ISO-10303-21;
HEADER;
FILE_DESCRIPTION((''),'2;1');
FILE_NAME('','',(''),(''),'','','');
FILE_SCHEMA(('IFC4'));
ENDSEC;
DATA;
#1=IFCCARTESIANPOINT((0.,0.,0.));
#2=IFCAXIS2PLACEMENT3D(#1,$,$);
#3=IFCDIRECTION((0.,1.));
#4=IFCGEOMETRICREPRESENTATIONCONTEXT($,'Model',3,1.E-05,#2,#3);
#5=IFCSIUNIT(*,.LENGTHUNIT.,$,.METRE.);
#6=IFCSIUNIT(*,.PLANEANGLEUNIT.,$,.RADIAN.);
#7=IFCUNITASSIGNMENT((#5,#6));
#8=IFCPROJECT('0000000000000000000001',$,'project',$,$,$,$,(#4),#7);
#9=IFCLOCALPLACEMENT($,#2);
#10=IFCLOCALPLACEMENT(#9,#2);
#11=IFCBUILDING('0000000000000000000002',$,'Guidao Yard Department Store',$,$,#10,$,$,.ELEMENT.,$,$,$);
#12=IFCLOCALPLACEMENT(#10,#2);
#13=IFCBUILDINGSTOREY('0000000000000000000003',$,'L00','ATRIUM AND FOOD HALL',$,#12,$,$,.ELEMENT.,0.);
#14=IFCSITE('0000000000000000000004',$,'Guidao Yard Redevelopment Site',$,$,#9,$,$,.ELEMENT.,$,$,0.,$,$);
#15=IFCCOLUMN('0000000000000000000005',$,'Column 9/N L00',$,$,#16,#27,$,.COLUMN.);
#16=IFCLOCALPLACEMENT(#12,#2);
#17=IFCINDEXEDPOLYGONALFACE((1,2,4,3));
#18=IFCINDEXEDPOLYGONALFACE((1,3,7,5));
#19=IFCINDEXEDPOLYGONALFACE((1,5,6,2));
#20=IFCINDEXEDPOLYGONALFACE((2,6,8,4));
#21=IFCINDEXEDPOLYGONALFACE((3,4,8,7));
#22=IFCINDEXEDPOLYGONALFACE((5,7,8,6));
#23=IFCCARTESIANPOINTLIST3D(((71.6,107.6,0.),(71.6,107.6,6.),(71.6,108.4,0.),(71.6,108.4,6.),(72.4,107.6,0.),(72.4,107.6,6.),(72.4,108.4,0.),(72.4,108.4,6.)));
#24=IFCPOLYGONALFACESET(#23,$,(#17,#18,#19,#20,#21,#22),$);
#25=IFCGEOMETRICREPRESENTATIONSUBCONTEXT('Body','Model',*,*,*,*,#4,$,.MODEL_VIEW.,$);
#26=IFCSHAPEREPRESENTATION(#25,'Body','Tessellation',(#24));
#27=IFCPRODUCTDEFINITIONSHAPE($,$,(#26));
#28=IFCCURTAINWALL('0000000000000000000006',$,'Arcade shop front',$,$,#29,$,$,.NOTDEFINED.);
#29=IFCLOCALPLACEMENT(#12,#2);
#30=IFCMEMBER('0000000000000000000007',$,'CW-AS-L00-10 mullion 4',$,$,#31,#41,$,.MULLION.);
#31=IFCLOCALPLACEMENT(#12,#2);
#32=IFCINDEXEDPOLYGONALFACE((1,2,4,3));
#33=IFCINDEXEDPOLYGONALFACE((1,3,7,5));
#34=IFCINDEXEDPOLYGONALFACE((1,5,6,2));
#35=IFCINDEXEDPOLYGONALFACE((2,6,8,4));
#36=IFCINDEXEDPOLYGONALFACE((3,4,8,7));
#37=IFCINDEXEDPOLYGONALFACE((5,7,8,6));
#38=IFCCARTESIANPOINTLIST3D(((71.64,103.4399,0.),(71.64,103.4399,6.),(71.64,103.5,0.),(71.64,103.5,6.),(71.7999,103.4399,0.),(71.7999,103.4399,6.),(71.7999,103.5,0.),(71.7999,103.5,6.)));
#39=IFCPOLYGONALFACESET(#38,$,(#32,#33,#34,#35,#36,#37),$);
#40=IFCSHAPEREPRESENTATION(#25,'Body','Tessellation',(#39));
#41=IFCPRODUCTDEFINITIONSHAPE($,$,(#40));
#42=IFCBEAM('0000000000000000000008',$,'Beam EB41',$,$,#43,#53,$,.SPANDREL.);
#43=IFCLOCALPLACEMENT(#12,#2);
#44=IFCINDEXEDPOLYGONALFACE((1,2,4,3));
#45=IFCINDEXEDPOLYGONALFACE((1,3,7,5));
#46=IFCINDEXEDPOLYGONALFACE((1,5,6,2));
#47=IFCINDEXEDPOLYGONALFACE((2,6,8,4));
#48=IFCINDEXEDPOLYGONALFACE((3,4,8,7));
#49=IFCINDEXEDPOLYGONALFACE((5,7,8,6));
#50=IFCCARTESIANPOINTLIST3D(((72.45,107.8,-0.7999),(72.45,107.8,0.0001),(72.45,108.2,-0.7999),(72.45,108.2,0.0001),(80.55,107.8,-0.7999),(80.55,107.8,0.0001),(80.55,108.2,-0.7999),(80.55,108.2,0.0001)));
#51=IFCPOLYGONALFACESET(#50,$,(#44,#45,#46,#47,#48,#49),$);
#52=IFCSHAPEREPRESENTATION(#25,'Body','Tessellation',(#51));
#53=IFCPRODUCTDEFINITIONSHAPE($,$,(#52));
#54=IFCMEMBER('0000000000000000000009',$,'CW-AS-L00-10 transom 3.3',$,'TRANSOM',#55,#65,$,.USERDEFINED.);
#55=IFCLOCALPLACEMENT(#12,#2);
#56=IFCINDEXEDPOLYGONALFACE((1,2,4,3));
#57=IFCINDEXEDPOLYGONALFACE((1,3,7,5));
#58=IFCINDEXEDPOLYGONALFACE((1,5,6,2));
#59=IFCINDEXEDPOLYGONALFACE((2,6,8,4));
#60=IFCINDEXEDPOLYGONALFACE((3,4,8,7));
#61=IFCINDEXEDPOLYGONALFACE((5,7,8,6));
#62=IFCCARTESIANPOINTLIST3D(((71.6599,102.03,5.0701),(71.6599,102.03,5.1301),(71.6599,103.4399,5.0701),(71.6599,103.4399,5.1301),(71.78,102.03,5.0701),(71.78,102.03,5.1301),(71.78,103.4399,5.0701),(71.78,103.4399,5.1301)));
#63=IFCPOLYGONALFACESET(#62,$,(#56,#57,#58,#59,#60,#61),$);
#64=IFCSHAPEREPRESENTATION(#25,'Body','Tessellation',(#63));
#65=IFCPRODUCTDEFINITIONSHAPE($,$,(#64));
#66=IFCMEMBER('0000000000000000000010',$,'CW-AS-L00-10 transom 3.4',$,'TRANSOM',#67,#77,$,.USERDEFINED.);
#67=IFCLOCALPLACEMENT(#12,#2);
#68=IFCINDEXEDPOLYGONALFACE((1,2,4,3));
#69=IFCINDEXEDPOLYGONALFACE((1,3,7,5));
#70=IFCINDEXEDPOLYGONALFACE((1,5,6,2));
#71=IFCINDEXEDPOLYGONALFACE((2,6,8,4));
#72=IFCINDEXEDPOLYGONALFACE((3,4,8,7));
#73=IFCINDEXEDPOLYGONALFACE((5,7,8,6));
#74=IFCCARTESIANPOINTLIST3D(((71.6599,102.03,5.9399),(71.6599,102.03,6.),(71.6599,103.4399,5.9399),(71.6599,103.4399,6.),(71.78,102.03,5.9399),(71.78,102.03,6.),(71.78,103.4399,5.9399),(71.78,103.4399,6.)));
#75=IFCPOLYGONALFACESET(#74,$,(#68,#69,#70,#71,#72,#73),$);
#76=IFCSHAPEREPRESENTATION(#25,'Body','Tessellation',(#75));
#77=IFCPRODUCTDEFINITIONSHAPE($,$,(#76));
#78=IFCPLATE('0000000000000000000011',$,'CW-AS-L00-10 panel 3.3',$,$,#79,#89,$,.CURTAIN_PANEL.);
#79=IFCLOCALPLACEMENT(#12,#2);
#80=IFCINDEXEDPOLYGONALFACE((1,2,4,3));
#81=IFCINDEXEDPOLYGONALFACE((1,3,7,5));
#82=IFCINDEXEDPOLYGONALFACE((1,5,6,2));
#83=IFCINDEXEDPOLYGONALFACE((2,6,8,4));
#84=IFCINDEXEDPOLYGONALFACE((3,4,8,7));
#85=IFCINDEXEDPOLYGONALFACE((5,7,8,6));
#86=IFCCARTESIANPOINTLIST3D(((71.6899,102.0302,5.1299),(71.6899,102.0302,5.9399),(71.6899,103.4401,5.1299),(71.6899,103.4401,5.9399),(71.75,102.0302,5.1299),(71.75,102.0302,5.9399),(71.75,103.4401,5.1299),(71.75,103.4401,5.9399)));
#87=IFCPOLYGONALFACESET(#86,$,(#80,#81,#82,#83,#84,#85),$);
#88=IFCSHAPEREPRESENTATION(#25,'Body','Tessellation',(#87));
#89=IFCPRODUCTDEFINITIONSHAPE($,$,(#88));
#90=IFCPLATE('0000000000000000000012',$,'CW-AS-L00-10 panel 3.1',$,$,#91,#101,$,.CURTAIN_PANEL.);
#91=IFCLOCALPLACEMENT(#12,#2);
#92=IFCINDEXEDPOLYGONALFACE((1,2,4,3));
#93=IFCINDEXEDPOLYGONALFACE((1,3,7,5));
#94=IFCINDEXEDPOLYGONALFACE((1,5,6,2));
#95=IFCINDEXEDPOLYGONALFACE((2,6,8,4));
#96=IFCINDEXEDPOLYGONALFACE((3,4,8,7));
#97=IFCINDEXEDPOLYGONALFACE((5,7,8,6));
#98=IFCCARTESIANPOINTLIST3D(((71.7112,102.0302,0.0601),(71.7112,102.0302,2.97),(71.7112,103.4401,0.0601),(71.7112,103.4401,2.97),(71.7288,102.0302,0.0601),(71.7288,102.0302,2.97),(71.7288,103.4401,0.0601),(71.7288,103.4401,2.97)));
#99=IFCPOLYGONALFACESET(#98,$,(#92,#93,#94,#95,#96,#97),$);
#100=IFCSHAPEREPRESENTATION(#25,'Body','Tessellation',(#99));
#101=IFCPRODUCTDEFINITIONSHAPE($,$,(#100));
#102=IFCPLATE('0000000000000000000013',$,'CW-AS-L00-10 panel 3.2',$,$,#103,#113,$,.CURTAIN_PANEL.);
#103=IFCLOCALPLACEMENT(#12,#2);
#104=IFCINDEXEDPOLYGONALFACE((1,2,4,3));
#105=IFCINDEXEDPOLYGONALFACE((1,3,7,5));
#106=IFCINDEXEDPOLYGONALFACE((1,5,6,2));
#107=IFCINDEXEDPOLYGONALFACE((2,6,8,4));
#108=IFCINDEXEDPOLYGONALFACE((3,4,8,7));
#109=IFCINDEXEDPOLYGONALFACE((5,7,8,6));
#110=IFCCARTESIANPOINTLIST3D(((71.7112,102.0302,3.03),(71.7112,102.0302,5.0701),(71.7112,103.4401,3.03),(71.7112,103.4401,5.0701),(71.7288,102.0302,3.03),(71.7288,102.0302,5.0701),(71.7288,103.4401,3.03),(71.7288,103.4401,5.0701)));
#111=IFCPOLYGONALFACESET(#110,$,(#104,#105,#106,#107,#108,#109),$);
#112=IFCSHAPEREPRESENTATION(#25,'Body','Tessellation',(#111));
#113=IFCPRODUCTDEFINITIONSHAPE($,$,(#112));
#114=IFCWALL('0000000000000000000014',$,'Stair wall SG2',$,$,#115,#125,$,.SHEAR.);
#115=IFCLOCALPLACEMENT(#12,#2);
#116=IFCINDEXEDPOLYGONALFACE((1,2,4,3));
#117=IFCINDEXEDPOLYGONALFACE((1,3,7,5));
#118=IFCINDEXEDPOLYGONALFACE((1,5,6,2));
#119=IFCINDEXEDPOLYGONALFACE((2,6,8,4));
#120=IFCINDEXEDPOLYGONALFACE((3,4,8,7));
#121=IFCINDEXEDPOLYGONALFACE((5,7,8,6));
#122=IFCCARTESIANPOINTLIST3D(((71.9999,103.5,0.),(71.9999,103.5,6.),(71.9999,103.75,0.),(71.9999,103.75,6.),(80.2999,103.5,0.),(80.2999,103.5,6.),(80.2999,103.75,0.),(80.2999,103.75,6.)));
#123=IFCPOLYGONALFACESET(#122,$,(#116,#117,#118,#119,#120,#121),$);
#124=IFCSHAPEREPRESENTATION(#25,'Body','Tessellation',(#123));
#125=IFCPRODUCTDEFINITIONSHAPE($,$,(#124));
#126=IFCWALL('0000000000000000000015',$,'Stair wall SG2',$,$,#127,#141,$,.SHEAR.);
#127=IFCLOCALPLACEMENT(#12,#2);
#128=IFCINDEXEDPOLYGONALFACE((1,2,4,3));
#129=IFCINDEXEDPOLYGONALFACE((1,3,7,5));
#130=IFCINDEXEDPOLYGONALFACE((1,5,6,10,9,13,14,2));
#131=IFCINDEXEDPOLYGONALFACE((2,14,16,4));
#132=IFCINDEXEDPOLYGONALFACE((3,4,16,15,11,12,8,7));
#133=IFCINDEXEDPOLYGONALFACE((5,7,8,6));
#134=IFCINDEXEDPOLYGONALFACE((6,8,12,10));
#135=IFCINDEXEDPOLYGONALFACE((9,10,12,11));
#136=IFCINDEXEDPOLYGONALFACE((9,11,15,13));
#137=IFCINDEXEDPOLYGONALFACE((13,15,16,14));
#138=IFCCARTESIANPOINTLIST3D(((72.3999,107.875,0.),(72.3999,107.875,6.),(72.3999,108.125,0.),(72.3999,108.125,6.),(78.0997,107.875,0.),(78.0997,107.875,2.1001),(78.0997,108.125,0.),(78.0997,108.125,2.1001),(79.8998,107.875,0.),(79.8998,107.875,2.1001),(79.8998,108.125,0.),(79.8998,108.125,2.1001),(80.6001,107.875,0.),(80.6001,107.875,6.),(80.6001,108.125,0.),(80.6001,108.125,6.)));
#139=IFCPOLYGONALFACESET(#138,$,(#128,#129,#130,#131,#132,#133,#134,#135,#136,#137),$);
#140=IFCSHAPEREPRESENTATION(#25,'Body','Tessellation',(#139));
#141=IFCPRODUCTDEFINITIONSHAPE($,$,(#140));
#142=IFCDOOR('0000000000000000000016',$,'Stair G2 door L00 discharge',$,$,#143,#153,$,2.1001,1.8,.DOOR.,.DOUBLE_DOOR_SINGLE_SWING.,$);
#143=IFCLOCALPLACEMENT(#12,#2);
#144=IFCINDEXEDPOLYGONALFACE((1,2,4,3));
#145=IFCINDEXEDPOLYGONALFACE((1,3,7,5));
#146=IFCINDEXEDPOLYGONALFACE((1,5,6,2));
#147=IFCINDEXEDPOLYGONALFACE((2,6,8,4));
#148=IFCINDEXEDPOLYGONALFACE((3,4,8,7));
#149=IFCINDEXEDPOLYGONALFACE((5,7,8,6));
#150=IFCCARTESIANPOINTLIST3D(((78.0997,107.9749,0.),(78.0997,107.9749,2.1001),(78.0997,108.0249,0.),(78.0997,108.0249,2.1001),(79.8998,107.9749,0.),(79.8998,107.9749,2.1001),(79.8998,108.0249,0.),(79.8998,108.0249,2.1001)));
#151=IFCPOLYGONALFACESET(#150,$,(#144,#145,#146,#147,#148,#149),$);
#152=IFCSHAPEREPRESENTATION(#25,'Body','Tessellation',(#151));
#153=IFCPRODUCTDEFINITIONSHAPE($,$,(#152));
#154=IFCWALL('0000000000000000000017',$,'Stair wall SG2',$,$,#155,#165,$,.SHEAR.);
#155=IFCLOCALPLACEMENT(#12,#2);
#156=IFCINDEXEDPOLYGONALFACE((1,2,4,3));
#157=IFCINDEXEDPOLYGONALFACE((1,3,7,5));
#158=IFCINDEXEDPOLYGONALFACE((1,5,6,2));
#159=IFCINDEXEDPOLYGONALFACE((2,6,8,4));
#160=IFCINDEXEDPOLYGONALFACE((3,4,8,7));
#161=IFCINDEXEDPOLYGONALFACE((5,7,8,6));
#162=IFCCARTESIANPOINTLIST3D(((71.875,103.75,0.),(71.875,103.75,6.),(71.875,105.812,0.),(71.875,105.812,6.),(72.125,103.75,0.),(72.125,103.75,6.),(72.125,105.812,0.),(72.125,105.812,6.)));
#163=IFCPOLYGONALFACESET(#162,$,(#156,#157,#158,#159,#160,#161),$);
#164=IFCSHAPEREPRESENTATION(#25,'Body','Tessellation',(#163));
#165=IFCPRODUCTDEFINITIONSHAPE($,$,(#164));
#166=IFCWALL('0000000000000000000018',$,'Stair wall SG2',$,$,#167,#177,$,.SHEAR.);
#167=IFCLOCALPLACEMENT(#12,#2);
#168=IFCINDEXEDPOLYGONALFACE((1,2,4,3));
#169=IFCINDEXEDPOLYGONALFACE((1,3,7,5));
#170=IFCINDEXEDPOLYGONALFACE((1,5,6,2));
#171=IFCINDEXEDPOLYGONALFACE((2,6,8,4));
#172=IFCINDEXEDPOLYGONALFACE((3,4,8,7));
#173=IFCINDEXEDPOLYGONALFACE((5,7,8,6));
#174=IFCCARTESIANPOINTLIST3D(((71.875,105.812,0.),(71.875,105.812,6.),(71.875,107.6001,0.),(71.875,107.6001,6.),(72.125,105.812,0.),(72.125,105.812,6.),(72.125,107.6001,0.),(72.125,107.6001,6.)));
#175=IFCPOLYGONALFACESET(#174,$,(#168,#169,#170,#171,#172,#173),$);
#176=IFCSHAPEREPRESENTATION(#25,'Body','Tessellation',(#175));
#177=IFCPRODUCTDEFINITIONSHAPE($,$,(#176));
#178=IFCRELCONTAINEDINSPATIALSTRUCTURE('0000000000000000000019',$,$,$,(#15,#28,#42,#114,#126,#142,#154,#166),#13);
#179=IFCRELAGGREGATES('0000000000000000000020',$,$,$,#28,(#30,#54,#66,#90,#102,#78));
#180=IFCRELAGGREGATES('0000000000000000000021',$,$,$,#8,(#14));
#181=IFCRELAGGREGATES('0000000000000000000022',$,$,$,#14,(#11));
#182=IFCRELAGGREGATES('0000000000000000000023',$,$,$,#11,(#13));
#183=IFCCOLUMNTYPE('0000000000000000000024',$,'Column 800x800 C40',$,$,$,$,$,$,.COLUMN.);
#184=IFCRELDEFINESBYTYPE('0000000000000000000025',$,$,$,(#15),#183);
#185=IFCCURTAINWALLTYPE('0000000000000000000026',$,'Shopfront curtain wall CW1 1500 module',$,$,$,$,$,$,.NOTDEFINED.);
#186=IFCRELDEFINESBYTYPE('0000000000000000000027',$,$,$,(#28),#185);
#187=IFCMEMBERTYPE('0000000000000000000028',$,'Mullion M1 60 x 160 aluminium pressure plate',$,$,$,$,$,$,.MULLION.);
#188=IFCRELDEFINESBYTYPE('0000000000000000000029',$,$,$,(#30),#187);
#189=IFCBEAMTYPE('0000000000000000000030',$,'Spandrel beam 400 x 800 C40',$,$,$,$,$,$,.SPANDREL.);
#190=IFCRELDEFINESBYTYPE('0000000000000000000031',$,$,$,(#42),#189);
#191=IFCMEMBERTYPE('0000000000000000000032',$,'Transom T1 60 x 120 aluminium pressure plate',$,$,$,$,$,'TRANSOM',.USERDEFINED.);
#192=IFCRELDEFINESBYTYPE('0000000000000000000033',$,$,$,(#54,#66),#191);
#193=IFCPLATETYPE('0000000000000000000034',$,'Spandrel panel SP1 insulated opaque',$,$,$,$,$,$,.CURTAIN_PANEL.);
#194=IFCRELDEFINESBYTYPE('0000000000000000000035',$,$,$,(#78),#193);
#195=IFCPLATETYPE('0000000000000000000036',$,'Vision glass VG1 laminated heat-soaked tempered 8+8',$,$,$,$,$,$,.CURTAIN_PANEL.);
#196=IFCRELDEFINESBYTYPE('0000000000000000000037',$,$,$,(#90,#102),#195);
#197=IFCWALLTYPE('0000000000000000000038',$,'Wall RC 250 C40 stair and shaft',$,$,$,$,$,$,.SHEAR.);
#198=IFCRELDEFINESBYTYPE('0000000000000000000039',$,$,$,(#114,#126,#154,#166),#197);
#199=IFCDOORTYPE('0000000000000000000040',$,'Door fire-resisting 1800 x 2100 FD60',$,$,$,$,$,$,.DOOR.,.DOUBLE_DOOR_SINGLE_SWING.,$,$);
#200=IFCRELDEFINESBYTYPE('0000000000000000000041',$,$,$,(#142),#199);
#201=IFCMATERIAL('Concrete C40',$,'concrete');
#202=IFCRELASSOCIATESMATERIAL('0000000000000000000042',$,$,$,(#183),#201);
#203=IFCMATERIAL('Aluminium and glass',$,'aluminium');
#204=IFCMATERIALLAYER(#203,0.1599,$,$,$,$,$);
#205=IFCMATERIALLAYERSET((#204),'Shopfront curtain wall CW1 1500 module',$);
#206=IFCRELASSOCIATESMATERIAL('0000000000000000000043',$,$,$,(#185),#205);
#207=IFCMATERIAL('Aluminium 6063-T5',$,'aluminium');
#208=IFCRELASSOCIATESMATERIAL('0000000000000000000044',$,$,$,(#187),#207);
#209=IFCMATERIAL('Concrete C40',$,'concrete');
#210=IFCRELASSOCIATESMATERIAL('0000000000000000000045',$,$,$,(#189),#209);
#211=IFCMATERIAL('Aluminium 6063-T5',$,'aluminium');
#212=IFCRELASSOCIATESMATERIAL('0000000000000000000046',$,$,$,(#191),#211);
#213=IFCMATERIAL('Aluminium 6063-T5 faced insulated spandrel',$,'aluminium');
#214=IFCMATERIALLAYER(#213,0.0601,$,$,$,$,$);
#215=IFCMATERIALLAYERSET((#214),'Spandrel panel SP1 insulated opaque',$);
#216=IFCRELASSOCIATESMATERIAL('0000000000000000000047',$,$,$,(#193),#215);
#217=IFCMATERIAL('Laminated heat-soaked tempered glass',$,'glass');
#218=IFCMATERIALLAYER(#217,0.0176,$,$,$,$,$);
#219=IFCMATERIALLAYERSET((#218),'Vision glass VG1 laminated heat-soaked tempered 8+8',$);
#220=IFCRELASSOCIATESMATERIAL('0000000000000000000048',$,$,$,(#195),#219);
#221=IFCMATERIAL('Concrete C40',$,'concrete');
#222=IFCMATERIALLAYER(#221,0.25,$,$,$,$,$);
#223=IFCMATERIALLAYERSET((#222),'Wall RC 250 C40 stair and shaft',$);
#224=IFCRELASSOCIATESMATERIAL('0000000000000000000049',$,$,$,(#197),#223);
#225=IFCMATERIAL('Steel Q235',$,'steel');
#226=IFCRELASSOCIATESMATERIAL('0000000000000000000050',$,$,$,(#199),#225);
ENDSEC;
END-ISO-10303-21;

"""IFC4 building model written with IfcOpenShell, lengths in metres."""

from ifc_helpers import new_model, si_unit, direction, frame, frame_2d, origin, origin_2d, place, context, subcontext, project, spatial, rectangle, extrude, material, layer, layer_set, material_profile, profile_set, type_object, element, fill, aggregate, save


model = new_model("IFC4")

# Units and contexts
model_context = context("Model", 3, precision=1e-05, world=origin(), true_north=direction((0.0, 1.0)))
body_context = subcontext(model_context, "Body", "Model", "MODEL_VIEW")
ifc_project = project(units=[si_unit("LENGTHUNIT", "METRE"), si_unit("PLANEANGLEUNIT", "RADIAN")], contexts=[model_context])

# Site, building, storey
site_placement = place(None, origin())
site = spatial("IfcSite", under=ifc_project, at=site_placement, Name="Guidao Yard Redevelopment Site", CompositionType="ELEMENT", RefElevation=0.0)
building_placement = place(site_placement, origin())
building = spatial("IfcBuilding", under=site, at=building_placement, Name="Guidao Yard Department Store", CompositionType="ELEMENT")
storey_placement = place(building_placement, origin())
storey = spatial("IfcBuildingStorey", under=building, at=storey_placement, Name="L00", Description="ATRIUM AND FOOD HALL", CompositionType="ELEMENT", Elevation=0.0)

# Column
ifc_material_1 = material(Name="Concrete C40", Category="concrete")
ifc_material_profile_1 = material_profile(ifc_material_1, rectangle(XDim=0.8, YDim=0.8, at=origin_2d()), Name="COL 800x800")
ifc_profile_set_1 = profile_set([ifc_material_profile_1], Name="Concrete C40")
column_type = type_object("IfcColumnType", Name="Column 800x800 C40", PredefinedType="COLUMN", material=ifc_profile_set_1)
column_placement = place(storey_placement, frame((72.0, 108.0, 0.0), z_axis=(0.0, 0.0, 1.0), x_axis=(1.0, 0.0, 0.0)))
element("IfcColumn", 1, at=column_placement, inside=storey, type_object=column_type, Name="Column 9/N L00", PredefinedType="COLUMN", context=body_context, shape_type="SweptSolid", body=[
    extrude(rectangle(XDim=0.8, YDim=0.8, at=origin_2d()), origin(), (0.0, 0.0, 1.0), 6.0),
])

# Curtain wall, member
ifc_material_2 = material(Name="Aluminium and glass", Category="aluminium")
ifc_layer_1 = layer(ifc_material_2, 0.1599)
ifc_layer_set_1 = layer_set([ifc_layer_1], Name="Shopfront curtain wall CW1 1500 module")
curtain_wall_type = type_object("IfcCurtainWallType", Name="Shopfront curtain wall CW1 1500 module", PredefinedType="NOTDEFINED", material=ifc_layer_set_1)
curtain_wall_placement = place(storey_placement, origin())
curtain_wall = element("IfcCurtainWall", 2, at=curtain_wall_placement, inside=storey, type_object=curtain_wall_type, Name="Arcade shop front", PredefinedType="NOTDEFINED")
ifc_material_3 = material(Name="Aluminium 6063-T5", Category="aluminium")
ifc_material_profile_2 = material_profile(ifc_material_3, rectangle(XDim=0.0601, YDim=0.1599, at=origin_2d()), Name="Mullion M1 60 x 160 aluminium pressure plate")
ifc_profile_set_2 = profile_set([ifc_material_profile_2], Name="Aluminium 6063-T5")
member_type_1 = type_object("IfcMemberType", Name="Mullion M1 60 x 160 aluminium pressure plate", PredefinedType="MULLION", material=ifc_profile_set_2)
member_1_placement = place(storey_placement, frame((71.72, 103.47, 0.0), z_axis=(0.0, 0.0, 1.0), x_axis=(0.0, 1.0, 0.0)))
member_1 = element("IfcMember", 3, at=member_1_placement, type_object=member_type_1, Name="CW-AS-L00-10 mullion 4", PredefinedType="MULLION", context=body_context, shape_type="SweptSolid", body=[
    extrude(rectangle(XDim=0.0601, YDim=0.1599, at=origin_2d()), origin(), (0.0, 0.0, 1.0), 6.0),
])

# Beam
ifc_material_4 = material(Name="Concrete C40", Category="concrete")
ifc_material_profile_3 = material_profile(ifc_material_4, rectangle(XDim=0.3999, YDim=0.8, at=origin_2d()), Name="Spandrel beam 400 x 800 C40")
ifc_profile_set_3 = profile_set([ifc_material_profile_3], Name="Concrete C40")
beam_type = type_object("IfcBeamType", Name="Spandrel beam 400 x 800 C40", PredefinedType="SPANDREL", material=ifc_profile_set_3)
beam_placement = place(storey_placement, frame((72.45, 108.0, -0.3999), z_axis=(1.0, 0.0, 0.0), x_axis=(0.0, 1.0, 0.0)))
element("IfcBeam", 4, at=beam_placement, inside=storey, type_object=beam_type, Name="Beam EB41", PredefinedType="SPANDREL", context=body_context, shape_type="SweptSolid", body=[
    extrude(rectangle(XDim=0.3999, YDim=0.8, at=origin_2d()), origin(), (0.0, 0.0, 1.0), 8.1001),
])

# Members
ifc_material_5 = material(Name="Aluminium 6063-T5", Category="aluminium")
ifc_material_profile_4 = material_profile(ifc_material_5, rectangle(XDim=0.1201, YDim=0.0601, at=origin_2d()), Name="Transom T1 60 x 120 aluminium pressure plate")
ifc_profile_set_4 = profile_set([ifc_material_profile_4], Name="Aluminium 6063-T5")
member_type_2 = type_object("IfcMemberType", Name="Transom T1 60 x 120 aluminium pressure plate", ElementType="TRANSOM", PredefinedType="USERDEFINED", material=ifc_profile_set_4)
member_2_placement = place(storey_placement, frame((71.72, 102.03, 5.1001), z_axis=(0.0, 1.0, 0.0), x_axis=(-1.0, 0.0, 0.0)))
member_2 = element("IfcMember", 5, at=member_2_placement, type_object=member_type_2, Name="CW-AS-L00-10 transom 3.3", ObjectType="TRANSOM", PredefinedType="USERDEFINED", context=body_context, shape_type="SweptSolid", body=[
    extrude(rectangle(XDim=0.1201, YDim=0.0601, at=origin_2d()), origin(), (0.0, 0.0, 1.0), 1.4099),
])
member_3_placement = place(storey_placement, frame((71.72, 102.03, 5.97), z_axis=(0.0, 1.0, 0.0), x_axis=(-1.0, 0.0, 0.0)))
member_3 = element("IfcMember", 6, at=member_3_placement, type_object=member_type_2, Name="CW-AS-L00-10 transom 3.4", ObjectType="TRANSOM", PredefinedType="USERDEFINED", context=body_context, shape_type="SweptSolid", body=[
    extrude(rectangle(XDim=0.1201, YDim=0.0601, at=origin_2d()), origin(), (0.0, 0.0, 1.0), 1.4099),
])

# Plates
ifc_material_6 = material(Name="Aluminium 6063-T5 faced insulated spandrel", Category="aluminium")
ifc_layer_2 = layer(ifc_material_6, 0.0601)
ifc_layer_set_2 = layer_set([ifc_layer_2], Name="Spandrel panel SP1 insulated opaque")
plate_type_1 = type_object("IfcPlateType", Name="Spandrel panel SP1 insulated opaque", PredefinedType="CURTAIN_PANEL", material=ifc_layer_set_2)
plate_1_placement = place(storey_placement, frame((71.72, 102.7351, 5.1299), z_axis=(0.0, 0.0, 1.0), x_axis=(0.0, 1.0, 0.0)))
plate_1 = element("IfcPlate", 7, at=plate_1_placement, type_object=plate_type_1, Name="CW-AS-L00-10 panel 3.3", PredefinedType="CURTAIN_PANEL", context=body_context, shape_type="SweptSolid", body=[
    extrude(rectangle(XDim=1.4099, YDim=0.0601, at=origin_2d()), origin(), (0.0, 0.0, 1.0), 0.8101),
])
ifc_material_7 = material(Name="Laminated heat-soaked tempered glass", Category="glass")
ifc_layer_3 = layer(ifc_material_7, 0.0176)
ifc_layer_set_3 = layer_set([ifc_layer_3], Name="Vision glass VG1 laminated heat-soaked tempered 8+8")
plate_type_2 = type_object("IfcPlateType", Name="Vision glass VG1 laminated heat-soaked tempered 8+8", PredefinedType="CURTAIN_PANEL", material=ifc_layer_set_3)
plate_2_placement = place(storey_placement, frame((71.72, 102.7351, 0.0601), z_axis=(0.0, 0.0, 1.0), x_axis=(0.0, 1.0, 0.0)))
plate_2 = element("IfcPlate", 8, at=plate_2_placement, type_object=plate_type_2, Name="CW-AS-L00-10 panel 3.1", PredefinedType="CURTAIN_PANEL", context=body_context, shape_type="SweptSolid", body=[
    extrude(rectangle(XDim=1.4099, YDim=0.0176, at=origin_2d()), origin(), (0.0, 0.0, 1.0), 2.9099),
])
plate_3_placement = place(storey_placement, frame((71.72, 102.7351, 3.03), z_axis=(0.0, 0.0, 1.0), x_axis=(0.0, 1.0, 0.0)))
plate_3 = element("IfcPlate", 9, at=plate_3_placement, type_object=plate_type_2, Name="CW-AS-L00-10 panel 3.2", PredefinedType="CURTAIN_PANEL", context=body_context, shape_type="SweptSolid", body=[
    extrude(rectangle(XDim=1.4099, YDim=0.0176, at=origin_2d()), origin(), (0.0, 0.0, 1.0), 2.04),
])
aggregate(curtain_wall, [member_1, member_2, member_3, plate_2, plate_3, plate_1])

# Wall
ifc_material_8 = material(Name="Concrete C40", Category="concrete")
ifc_layer_4 = layer(ifc_material_8, 0.25)
ifc_layer_set_4 = layer_set([ifc_layer_4], Name="Wall RC 250 C40 stair and shaft")
wall_type = type_object("IfcWallType", Name="Wall RC 250 C40 stair and shaft", PredefinedType="SHEAR", material=ifc_layer_set_4)
wall_1_placement = place(storey_placement, frame((72.0, 103.625, 0.0), z_axis=(0.0, 0.0, 1.0), x_axis=(1.0, 0.0, 0.0)))
element("IfcWall", 10, at=wall_1_placement, inside=storey, type_object=wall_type, Name="Stair wall SG2", PredefinedType="SHEAR", context=body_context, shape_type="SweptSolid", body=[
    extrude(rectangle(XDim=8.3, YDim=0.25, at=frame_2d((4.1499, 0.0))), origin(), (0.0, 0.0, 1.0), 6.0),
])

# Wall, opening, door
wall_2_placement = place(storey_placement, frame((72.3999, 108.0, 0.0), z_axis=(0.0, 0.0, 1.0), x_axis=(1.0, 0.0, 0.0)))
wall_2 = element("IfcWall", 11, at=wall_2_placement, inside=storey, type_object=wall_type, Name="Stair wall SG2", PredefinedType="SHEAR", context=body_context, shape_type="SweptSolid", body=[
    extrude(rectangle(XDim=8.2002, YDim=0.25, at=frame_2d((4.1001, 0.0))), origin(), (0.0, 0.0, 1.0), 6.0),
])
opening_1_placement = place(wall_2_placement, frame((5.7, 0.0, 0.0)))
opening_1 = element("IfcOpeningElement", 12, at=opening_1_placement, cuts=wall_2, PredefinedType="OPENING", context=body_context, shape_type="SweptSolid", body=[
    extrude(rectangle(XDim=1.8, YDim=2.1001, at=frame_2d((0.8999, 1.05))), frame((0.0, 0.135, 0.0), z_axis=(0.0, -1.0, 0.0), x_axis=(1.0, 0.0, 0.0)), (0.0, 0.0, 1.0), 0.27),
])
ifc_material_9 = material(Name="Steel Q235", Category="steel")
door_type = type_object("IfcDoorType", Name="Door fire-resisting 1800 x 2100 FD60", OperationType="DOUBLE_DOOR_SINGLE_SWING", PredefinedType="DOOR", material=ifc_material_9)
door_1_placement = place(opening_1_placement, origin())
door_1 = element("IfcDoor", 13, at=door_1_placement, inside=storey, type_object=door_type, Name="Stair G2 door L00 discharge", OperationType="DOUBLE_DOOR_SINGLE_SWING", OverallHeight=2.1001, OverallWidth=1.8, PredefinedType="DOOR", context=body_context, shape_type="SweptSolid", body=[
    extrude(rectangle(XDim=1.8, YDim=2.1001, at=frame_2d((0.8999, 1.05))), frame((0.0, 0.0249, 0.0), z_axis=(0.0, -1.0, 0.0), x_axis=(1.0, 0.0, 0.0)), (0.0, 0.0, 1.0), 0.05),
])
fill(opening_1, door_1)

# Walls
wall_3_placement = place(storey_placement, frame((72.0, 103.75, 0.0), z_axis=(0.0, 0.0, 1.0), x_axis=(0.0, 1.0, 0.0)))
element("IfcWall", 14, at=wall_3_placement, inside=storey, type_object=wall_type, Name="Stair wall SG2", PredefinedType="SHEAR", context=body_context, shape_type="SweptSolid", body=[
    extrude(rectangle(XDim=2.062, YDim=0.25, at=frame_2d((1.031, 0.0))), origin(), (0.0, 0.0, 1.0), 6.0),
])
wall_4_placement = place(storey_placement, frame((72.0, 105.812, 0.0), z_axis=(0.0, 0.0, 1.0), x_axis=(0.0, 1.0, 0.0)))
element("IfcWall", 15, at=wall_4_placement, inside=storey, type_object=wall_type, Name="Stair wall SG2", PredefinedType="SHEAR", context=body_context, shape_type="SweptSolid", body=[
    extrude(rectangle(XDim=1.7881, YDim=0.25, at=frame_2d((0.894, 0.0))), origin(), (0.0, 0.0, 1.0), 6.0),
])

save(model, "model.ifc")
